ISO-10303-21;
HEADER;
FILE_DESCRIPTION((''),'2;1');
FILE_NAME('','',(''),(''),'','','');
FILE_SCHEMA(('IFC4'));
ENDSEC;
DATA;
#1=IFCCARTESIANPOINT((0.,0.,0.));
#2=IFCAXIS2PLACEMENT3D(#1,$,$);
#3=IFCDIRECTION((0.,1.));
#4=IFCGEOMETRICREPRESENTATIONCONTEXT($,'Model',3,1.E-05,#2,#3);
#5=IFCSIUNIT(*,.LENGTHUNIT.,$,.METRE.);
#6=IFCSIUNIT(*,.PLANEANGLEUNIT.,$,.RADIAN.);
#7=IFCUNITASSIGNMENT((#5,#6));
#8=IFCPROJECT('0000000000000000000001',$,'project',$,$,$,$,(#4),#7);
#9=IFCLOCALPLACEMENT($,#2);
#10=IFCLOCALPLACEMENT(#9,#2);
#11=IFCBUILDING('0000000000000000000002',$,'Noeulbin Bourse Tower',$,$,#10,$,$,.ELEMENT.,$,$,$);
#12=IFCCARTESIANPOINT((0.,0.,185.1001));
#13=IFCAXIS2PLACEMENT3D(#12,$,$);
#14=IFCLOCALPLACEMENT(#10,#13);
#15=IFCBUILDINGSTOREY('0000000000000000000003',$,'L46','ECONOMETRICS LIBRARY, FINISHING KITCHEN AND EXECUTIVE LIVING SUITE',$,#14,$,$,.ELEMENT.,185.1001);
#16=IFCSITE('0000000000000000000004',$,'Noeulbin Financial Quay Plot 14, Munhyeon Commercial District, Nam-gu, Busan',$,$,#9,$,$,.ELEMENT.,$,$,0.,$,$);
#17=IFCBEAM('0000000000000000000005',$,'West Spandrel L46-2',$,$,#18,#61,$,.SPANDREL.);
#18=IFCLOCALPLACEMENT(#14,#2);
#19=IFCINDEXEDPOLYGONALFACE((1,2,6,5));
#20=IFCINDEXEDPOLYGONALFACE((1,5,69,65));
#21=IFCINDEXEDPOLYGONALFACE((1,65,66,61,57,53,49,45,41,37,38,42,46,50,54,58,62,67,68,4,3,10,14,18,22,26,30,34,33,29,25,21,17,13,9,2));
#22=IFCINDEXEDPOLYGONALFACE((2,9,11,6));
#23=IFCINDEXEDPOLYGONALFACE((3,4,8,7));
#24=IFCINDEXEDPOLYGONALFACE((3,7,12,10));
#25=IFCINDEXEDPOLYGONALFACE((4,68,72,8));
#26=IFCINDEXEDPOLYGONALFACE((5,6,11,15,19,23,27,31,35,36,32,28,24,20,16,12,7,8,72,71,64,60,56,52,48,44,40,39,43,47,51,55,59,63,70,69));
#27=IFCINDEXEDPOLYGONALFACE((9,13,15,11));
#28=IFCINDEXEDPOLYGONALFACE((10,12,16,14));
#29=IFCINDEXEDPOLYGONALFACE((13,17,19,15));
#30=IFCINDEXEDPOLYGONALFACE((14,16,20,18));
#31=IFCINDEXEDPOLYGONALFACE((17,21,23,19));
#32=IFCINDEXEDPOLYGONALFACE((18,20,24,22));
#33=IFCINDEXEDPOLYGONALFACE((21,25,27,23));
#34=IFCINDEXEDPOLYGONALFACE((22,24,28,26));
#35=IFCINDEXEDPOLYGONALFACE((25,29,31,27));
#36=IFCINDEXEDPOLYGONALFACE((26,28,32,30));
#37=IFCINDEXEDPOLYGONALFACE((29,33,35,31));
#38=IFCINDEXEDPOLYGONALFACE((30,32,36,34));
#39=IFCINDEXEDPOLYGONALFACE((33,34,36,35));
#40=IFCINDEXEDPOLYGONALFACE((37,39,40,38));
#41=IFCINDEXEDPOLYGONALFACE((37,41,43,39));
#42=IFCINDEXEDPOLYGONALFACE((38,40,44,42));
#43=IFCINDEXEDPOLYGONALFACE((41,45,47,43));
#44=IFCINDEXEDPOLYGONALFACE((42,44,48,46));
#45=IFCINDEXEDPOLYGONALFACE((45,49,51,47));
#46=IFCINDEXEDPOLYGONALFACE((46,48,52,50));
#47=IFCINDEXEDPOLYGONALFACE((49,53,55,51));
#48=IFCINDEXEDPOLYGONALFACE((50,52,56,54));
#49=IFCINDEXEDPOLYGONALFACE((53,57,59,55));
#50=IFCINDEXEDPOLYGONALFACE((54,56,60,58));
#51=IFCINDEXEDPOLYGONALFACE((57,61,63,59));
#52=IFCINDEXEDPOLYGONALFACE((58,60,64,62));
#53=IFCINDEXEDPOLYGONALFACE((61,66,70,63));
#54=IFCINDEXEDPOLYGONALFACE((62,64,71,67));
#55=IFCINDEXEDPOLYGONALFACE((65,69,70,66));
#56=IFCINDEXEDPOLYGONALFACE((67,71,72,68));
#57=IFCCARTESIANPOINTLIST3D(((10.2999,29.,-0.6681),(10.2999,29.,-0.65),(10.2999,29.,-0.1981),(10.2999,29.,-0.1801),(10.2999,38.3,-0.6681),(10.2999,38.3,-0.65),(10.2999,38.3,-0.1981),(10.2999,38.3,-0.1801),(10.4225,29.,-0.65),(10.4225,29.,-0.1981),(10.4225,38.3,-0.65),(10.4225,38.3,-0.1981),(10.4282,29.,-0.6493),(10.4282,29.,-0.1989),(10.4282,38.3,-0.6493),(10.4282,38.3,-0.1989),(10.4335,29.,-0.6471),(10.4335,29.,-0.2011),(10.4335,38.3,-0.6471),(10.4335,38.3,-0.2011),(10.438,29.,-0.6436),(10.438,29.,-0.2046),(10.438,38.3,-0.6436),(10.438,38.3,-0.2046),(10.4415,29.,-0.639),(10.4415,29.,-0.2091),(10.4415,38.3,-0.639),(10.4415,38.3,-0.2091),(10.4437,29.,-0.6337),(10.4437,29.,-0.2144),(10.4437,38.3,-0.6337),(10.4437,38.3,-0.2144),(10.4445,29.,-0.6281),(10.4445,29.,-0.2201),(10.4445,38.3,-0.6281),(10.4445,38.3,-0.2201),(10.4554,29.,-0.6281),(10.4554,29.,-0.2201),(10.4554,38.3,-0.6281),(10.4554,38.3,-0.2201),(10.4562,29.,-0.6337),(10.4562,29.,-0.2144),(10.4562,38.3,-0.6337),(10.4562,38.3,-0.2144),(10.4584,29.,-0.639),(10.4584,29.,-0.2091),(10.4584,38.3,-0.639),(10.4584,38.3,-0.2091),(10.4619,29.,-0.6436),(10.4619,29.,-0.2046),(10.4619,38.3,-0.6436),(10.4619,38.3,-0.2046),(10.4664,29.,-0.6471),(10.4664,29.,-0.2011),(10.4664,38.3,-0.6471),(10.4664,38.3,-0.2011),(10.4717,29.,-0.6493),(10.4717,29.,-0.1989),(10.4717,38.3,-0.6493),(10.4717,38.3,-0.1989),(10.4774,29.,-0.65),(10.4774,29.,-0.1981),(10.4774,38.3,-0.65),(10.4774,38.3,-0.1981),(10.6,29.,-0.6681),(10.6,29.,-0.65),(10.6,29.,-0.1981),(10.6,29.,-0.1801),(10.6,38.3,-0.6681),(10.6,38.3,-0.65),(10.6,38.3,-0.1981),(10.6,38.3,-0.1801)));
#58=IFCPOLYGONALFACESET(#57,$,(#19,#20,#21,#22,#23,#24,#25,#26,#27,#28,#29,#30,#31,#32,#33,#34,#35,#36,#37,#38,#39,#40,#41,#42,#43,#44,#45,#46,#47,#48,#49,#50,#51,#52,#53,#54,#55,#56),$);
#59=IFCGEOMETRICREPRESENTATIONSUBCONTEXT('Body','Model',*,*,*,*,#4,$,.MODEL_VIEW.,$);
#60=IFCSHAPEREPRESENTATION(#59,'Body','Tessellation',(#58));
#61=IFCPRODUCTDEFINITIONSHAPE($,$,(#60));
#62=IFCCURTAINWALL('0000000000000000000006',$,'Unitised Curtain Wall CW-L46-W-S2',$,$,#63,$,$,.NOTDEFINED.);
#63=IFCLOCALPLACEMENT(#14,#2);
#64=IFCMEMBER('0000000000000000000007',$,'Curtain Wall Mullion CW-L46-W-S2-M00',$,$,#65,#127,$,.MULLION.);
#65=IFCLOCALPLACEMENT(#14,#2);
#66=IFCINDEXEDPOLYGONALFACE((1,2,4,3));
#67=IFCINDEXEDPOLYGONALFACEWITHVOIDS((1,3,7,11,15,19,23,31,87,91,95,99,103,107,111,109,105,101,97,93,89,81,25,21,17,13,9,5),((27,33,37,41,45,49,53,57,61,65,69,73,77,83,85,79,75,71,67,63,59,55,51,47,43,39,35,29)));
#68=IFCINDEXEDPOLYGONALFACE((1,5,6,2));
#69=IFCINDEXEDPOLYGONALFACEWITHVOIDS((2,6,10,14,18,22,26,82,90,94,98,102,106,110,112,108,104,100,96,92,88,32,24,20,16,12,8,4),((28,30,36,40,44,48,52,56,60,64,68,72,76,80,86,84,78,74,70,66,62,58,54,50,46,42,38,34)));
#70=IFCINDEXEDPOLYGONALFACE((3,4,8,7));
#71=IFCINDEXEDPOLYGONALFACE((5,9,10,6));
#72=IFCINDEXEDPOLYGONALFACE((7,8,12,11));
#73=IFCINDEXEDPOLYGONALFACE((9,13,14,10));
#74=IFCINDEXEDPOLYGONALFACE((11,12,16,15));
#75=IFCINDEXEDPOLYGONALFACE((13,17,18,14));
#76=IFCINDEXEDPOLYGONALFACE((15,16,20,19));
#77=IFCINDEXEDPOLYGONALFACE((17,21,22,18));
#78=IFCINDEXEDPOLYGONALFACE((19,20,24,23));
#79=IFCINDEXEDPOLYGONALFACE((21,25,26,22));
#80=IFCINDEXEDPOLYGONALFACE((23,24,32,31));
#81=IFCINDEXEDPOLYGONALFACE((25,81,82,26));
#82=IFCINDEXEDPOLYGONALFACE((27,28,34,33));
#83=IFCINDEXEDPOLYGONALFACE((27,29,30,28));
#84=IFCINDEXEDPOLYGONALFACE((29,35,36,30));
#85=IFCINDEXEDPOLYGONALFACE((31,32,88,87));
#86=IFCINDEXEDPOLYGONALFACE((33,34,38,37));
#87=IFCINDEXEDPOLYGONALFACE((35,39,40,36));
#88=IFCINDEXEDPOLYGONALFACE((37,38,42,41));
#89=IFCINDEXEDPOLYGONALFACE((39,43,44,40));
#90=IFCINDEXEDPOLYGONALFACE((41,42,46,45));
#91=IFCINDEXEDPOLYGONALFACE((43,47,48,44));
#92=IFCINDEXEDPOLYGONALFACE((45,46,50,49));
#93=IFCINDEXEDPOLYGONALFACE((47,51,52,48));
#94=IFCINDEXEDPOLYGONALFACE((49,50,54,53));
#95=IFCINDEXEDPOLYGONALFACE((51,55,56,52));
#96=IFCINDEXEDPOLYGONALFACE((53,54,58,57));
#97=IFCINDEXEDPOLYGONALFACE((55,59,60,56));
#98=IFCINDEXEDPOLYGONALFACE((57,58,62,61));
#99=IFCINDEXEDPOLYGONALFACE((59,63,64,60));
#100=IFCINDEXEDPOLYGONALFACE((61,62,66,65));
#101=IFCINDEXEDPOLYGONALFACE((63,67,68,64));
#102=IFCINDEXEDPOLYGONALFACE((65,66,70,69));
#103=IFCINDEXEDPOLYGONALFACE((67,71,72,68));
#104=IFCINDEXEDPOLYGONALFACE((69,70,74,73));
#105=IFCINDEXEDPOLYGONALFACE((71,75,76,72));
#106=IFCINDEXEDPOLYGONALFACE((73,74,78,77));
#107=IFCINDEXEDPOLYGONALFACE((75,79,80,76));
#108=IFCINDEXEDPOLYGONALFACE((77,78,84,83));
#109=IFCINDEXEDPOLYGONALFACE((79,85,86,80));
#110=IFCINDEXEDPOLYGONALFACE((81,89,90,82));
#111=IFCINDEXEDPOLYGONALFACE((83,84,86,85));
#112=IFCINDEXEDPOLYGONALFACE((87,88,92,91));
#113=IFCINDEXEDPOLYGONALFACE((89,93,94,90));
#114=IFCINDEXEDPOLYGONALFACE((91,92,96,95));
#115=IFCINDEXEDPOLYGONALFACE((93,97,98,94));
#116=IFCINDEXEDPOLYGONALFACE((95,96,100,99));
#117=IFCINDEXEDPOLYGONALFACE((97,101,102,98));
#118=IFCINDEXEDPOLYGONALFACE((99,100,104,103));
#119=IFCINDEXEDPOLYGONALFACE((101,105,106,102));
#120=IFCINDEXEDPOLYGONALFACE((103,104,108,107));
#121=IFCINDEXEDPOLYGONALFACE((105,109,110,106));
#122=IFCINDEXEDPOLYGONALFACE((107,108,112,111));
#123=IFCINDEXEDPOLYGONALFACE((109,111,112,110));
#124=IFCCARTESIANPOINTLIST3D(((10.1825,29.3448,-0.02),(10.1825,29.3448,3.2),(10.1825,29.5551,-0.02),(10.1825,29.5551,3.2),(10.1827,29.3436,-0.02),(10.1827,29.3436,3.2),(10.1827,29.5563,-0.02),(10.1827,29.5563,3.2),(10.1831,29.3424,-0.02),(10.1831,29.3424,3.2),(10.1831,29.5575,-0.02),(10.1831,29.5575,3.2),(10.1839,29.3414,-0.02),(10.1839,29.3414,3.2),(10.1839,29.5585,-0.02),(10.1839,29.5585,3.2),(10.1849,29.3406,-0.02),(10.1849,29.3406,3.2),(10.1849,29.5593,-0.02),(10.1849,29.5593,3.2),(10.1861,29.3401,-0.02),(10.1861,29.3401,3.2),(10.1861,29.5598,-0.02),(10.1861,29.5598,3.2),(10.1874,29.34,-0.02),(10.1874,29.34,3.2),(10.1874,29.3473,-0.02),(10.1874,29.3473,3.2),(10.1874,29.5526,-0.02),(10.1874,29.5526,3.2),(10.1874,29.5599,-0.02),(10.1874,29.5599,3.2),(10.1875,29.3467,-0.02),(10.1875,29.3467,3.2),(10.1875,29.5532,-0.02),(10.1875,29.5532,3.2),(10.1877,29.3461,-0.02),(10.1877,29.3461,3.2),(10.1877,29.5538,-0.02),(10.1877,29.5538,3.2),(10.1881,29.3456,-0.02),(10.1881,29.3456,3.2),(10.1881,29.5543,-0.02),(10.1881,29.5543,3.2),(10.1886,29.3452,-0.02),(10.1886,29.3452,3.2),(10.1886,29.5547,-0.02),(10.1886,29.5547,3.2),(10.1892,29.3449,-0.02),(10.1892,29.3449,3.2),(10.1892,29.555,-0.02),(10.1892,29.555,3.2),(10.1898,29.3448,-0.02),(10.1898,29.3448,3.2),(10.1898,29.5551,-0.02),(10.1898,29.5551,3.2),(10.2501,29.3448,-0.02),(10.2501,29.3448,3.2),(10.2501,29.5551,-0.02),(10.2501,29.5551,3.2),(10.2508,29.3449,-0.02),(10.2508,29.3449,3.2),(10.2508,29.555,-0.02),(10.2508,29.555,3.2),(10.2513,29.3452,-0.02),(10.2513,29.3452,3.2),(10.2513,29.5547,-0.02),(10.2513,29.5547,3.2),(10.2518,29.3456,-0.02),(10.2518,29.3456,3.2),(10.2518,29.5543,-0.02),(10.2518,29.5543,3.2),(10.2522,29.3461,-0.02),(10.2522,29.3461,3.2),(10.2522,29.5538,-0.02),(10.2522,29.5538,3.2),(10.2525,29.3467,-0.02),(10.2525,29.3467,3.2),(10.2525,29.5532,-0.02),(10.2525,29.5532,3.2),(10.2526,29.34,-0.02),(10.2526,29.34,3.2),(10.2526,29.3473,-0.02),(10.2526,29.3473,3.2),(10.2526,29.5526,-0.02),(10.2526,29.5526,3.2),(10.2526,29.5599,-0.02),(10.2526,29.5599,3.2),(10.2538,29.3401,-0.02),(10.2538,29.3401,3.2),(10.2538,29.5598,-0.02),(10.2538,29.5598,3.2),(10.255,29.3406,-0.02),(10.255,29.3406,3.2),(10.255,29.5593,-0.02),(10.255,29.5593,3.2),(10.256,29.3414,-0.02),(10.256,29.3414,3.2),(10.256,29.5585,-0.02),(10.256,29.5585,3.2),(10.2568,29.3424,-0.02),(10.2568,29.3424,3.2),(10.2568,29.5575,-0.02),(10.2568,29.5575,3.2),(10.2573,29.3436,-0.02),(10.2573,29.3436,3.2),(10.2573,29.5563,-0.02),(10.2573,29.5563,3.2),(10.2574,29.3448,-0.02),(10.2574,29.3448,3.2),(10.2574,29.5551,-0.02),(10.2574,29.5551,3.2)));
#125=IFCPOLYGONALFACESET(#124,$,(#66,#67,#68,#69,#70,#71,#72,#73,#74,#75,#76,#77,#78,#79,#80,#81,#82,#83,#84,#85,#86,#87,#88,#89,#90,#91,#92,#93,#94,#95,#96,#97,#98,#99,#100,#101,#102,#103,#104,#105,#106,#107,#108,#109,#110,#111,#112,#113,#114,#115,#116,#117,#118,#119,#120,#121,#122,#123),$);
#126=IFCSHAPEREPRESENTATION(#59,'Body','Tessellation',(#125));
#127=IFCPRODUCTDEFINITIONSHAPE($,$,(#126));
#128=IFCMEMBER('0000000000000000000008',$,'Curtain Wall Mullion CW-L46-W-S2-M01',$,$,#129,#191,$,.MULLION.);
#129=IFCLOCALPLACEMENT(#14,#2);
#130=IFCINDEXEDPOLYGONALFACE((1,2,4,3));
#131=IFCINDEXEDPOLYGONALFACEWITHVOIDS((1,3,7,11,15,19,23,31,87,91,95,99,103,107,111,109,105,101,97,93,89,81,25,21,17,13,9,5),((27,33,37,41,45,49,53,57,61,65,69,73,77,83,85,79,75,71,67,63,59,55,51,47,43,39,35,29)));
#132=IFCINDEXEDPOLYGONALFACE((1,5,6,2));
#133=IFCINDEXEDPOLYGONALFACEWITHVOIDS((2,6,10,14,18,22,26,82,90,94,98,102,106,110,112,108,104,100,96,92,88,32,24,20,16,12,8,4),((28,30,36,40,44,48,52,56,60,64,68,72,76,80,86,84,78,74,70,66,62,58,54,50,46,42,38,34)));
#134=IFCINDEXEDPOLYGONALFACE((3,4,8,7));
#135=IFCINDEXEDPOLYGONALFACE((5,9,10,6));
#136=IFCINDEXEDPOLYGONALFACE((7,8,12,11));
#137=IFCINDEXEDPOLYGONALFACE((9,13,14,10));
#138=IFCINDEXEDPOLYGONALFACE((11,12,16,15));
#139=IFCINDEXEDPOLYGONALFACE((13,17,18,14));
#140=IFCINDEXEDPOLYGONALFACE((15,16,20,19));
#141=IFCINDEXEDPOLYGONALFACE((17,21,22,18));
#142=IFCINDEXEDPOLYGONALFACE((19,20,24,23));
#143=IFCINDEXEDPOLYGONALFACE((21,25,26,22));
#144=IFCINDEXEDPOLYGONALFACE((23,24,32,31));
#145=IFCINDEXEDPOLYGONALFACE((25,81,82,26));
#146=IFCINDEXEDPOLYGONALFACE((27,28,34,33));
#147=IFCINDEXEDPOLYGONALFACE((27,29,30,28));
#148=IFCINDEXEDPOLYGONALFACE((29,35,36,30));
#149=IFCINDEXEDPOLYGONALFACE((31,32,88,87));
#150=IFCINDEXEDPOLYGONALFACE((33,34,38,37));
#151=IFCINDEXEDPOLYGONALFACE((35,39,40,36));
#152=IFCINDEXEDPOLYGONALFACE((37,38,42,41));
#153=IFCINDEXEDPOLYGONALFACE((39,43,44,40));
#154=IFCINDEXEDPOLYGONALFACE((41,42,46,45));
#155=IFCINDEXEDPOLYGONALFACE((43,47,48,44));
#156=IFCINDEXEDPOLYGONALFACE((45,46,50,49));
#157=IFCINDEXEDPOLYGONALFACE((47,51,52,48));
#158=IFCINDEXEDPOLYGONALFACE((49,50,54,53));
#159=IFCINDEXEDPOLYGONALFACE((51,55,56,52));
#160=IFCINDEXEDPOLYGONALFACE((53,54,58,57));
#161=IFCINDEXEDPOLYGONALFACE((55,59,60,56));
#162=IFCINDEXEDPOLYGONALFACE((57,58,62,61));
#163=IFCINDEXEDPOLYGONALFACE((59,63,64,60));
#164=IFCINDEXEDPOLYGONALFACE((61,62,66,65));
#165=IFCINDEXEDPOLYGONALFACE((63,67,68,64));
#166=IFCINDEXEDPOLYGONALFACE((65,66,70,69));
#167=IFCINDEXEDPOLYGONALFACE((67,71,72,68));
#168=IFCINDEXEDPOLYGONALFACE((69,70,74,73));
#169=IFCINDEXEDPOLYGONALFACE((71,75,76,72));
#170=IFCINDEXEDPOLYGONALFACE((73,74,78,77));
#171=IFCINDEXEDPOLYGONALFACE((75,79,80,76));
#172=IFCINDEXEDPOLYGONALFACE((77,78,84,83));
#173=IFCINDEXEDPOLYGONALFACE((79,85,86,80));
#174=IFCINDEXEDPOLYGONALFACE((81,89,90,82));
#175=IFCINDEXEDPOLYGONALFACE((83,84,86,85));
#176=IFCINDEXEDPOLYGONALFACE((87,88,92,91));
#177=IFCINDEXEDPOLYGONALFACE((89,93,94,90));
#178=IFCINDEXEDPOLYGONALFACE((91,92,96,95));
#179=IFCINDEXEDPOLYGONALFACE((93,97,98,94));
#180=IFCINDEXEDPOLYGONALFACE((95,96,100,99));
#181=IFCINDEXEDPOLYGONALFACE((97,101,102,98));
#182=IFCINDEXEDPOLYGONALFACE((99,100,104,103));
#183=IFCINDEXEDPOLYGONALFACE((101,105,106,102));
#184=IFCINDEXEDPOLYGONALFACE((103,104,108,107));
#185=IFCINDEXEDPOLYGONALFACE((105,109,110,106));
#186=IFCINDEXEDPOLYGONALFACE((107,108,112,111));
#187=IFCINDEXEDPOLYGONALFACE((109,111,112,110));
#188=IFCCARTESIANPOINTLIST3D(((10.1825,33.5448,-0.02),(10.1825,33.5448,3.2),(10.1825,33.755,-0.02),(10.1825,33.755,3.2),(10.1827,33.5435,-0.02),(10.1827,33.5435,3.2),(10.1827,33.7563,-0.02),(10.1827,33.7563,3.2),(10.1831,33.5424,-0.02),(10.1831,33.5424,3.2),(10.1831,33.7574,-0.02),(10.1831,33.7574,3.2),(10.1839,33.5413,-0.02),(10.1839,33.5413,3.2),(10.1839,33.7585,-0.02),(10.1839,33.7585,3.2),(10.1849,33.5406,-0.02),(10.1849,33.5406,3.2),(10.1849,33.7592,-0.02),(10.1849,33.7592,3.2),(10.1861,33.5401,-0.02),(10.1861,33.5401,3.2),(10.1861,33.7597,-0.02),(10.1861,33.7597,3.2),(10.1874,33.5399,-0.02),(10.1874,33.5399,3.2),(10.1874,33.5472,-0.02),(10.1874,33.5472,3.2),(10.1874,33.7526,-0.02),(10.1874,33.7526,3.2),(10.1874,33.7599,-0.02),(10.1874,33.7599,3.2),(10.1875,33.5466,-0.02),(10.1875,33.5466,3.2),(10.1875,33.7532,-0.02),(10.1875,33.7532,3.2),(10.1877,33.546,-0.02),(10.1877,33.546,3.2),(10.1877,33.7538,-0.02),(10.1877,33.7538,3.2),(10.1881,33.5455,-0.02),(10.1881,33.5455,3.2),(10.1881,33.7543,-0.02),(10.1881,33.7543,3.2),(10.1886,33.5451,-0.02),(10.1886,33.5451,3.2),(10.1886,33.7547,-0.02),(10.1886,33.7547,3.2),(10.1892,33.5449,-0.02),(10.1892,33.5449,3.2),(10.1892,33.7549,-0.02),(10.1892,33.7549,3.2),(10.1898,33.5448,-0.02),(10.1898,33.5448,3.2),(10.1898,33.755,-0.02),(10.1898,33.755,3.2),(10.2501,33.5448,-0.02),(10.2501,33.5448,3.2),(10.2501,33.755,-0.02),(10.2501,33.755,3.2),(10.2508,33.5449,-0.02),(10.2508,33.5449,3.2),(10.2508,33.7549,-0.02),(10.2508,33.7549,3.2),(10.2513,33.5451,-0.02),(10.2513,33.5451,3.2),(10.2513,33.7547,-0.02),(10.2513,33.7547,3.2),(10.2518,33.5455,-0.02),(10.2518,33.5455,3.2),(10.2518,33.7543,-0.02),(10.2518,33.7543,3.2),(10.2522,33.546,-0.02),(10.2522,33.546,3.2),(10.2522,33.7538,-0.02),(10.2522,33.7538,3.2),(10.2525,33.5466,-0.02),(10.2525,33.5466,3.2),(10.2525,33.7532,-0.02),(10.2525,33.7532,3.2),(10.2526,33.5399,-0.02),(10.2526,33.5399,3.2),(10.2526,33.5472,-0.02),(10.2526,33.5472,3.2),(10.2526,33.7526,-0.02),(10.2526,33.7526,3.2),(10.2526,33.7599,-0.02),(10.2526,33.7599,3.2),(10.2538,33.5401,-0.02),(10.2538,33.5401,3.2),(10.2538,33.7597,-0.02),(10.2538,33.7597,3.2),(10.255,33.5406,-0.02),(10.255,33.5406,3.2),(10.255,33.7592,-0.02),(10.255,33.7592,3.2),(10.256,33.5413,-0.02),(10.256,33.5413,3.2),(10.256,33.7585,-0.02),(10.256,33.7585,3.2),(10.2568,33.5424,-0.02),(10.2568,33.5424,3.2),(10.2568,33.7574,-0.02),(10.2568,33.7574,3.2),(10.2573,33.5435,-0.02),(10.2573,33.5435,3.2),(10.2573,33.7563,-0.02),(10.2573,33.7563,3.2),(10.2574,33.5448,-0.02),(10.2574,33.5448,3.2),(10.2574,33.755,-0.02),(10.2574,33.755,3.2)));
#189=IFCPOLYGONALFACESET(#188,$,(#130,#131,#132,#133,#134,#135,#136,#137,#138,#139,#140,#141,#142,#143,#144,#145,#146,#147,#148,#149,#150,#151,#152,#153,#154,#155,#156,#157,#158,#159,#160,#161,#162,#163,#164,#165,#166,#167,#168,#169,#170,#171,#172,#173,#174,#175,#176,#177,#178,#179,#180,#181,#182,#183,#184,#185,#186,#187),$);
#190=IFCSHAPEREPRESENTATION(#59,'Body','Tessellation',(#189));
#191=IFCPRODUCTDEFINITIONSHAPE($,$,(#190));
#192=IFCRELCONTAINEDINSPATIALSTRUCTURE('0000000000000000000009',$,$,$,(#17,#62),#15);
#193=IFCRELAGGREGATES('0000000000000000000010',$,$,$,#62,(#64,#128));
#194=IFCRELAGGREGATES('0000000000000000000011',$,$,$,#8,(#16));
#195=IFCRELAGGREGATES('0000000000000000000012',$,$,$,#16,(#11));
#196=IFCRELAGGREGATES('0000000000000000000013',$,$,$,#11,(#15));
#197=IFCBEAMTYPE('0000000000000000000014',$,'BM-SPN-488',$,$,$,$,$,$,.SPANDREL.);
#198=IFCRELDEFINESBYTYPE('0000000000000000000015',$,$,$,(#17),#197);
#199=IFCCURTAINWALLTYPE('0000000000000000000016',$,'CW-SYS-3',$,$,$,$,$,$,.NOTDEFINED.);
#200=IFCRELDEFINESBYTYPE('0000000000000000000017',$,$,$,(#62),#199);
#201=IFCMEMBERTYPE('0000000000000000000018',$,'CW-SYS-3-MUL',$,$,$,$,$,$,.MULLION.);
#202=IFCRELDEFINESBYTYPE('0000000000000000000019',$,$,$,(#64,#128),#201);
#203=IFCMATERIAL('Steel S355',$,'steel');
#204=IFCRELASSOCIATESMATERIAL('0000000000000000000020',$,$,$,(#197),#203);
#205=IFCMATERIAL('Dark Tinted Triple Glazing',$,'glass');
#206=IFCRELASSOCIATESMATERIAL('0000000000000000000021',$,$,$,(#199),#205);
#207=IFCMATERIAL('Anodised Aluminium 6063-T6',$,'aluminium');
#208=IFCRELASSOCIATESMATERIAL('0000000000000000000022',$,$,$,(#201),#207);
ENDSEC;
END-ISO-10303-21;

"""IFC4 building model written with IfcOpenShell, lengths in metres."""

from ifc_helpers import new_model, si_unit, direction, frame, origin, origin_2d, place, context, subcontext, project, spatial, hollow_rectangle, i_section, extrude, material, material_profile, profile_set, type_object, element, aggregate, save


model = new_model("IFC4")

# Units and contexts
model_context = context("Model", 3, precision=1e-05, world=origin(), true_north=direction((0.0, 1.0)))
body_context = subcontext(model_context, "Body", "Model", "MODEL_VIEW")
ifc_project = project(units=[si_unit("LENGTHUNIT", "METRE"), si_unit("PLANEANGLEUNIT", "RADIAN")], contexts=[model_context])

# Site, building, storey
site_placement = place(None, origin())
site = spatial("IfcSite", under=ifc_project, at=site_placement, Name="Noeulbin Financial Quay Plot 14, Munhyeon Commercial District, Nam-gu, Busan", CompositionType="ELEMENT", RefElevation=0.0)
building_placement = place(site_placement, origin())
building = spatial("IfcBuilding", under=site, at=building_placement, Name="Noeulbin Bourse Tower", CompositionType="ELEMENT")
storey_placement = place(building_placement, frame((0.0, 0.0, 185.1001)))
storey = spatial("IfcBuildingStorey", under=building, at=storey_placement, Name="L46", Description="ECONOMETRICS LIBRARY, FINISHING KITCHEN AND EXECUTIVE LIVING SUITE", CompositionType="ELEMENT", Elevation=185.1001)

# Beam
ifc_material_1 = material(Name="Steel S355", Category="steel")
ifc_material_profile_1 = material_profile(ifc_material_1, i_section(OverallWidth=0.3, OverallDepth=0.488, WebThickness=0.011, FlangeThickness=0.0181, FilletRadius=0.022, at=origin_2d()), Name="H-488x300x11x18", Category="LoadBearing")
ifc_profile_set_1 = profile_set([ifc_material_profile_1], Name="Steel S355")
beam_type_1 = type_object("IfcBeamType", Name="BM-SPN-488", PredefinedType="SPANDREL", material=ifc_profile_set_1)
beam_1_placement = place(storey_placement, frame((10.45, 29.0, -0.4241), z_axis=(0.0, 1.0, 0.0), x_axis=(-1.0, 0.0, 0.0)))
element("IfcBeam", 1, at=beam_1_placement, inside=storey, type_object=beam_type_1, Name="West Spandrel L46-2", PredefinedType="SPANDREL", context=body_context, shape_type="SweptSolid", body=[
    extrude(i_section(OverallWidth=0.3, OverallDepth=0.488, WebThickness=0.011, FlangeThickness=0.0181, FilletRadius=0.022, at=origin_2d()), origin(), (0.0, 0.0, 1.0), 9.3),
])

# Curtain wall, members
ifc_material_2 = material(Name="Dark Tinted Triple Glazing", Category="glass")
curtain_wall_type = type_object("IfcCurtainWallType", Name="CW-SYS-3", PredefinedType="NOTDEFINED", material=ifc_material_2)
curtain_wall_placement = place(storey_placement, origin())
curtain_wall = element("IfcCurtainWall", 2, at=curtain_wall_placement, inside=storey, type_object=curtain_wall_type, Name="Unitised Curtain Wall CW-L46-W-S2", PredefinedType="NOTDEFINED")
ifc_material_3 = material(Name="Anodised Aluminium 6063-T6", Category="aluminium")
ifc_material_profile_2 = material_profile(ifc_material_3, hollow_rectangle(XDim=0.075, YDim=0.22, WallThickness=0.0049, InnerFilletRadius=0.0024, OuterFilletRadius=0.0049, at=origin_2d()), Name="ALU-MULL-75x220x5", Category="LoadBearing")
ifc_profile_set_2 = profile_set([ifc_material_profile_2], Name="Anodised Aluminium 6063-T6")
member_type_1 = type_object("IfcMemberType", Name="CW-SYS-3-MUL", PredefinedType="MULLION", material=ifc_profile_set_2)
member_1_placement = place(storey_placement, frame((10.22, 29.45, -0.02), z_axis=(0.0, 0.0, 1.0), x_axis=(1.0, 0.0, 0.0)))
member_1 = element("IfcMember", 3, at=member_1_placement, type_object=member_type_1, Name="Curtain Wall Mullion CW-L46-W-S2-M00", PredefinedType="MULLION", context=body_context, shape_type="SweptSolid", body=[
    extrude(hollow_rectangle(XDim=0.075, YDim=0.22, WallThickness=0.0049, InnerFilletRadius=0.0024, OuterFilletRadius=0.0049, at=origin_2d()), origin(), (0.0, 0.0, 1.0), 3.22),
])
member_2_placement = place(storey_placement, frame((10.22, 33.6499, -0.02), z_axis=(0.0, 0.0, 1.0), x_axis=(1.0, 0.0, 0.0)))
member_2 = element("IfcMember", 4, at=member_2_placement, type_object=member_type_1, Name="Curtain Wall Mullion CW-L46-W-S2-M01", PredefinedType="MULLION", context=body_context, shape_type="SweptSolid", body=[
    extrude(hollow_rectangle(XDim=0.075, YDim=0.22, WallThickness=0.0049, InnerFilletRadius=0.0024, OuterFilletRadius=0.0049, at=origin_2d()), origin(), (0.0, 0.0, 1.0), 3.22),
])
aggregate(curtain_wall, [member_1, member_2])

save(model, "model.ifc")
